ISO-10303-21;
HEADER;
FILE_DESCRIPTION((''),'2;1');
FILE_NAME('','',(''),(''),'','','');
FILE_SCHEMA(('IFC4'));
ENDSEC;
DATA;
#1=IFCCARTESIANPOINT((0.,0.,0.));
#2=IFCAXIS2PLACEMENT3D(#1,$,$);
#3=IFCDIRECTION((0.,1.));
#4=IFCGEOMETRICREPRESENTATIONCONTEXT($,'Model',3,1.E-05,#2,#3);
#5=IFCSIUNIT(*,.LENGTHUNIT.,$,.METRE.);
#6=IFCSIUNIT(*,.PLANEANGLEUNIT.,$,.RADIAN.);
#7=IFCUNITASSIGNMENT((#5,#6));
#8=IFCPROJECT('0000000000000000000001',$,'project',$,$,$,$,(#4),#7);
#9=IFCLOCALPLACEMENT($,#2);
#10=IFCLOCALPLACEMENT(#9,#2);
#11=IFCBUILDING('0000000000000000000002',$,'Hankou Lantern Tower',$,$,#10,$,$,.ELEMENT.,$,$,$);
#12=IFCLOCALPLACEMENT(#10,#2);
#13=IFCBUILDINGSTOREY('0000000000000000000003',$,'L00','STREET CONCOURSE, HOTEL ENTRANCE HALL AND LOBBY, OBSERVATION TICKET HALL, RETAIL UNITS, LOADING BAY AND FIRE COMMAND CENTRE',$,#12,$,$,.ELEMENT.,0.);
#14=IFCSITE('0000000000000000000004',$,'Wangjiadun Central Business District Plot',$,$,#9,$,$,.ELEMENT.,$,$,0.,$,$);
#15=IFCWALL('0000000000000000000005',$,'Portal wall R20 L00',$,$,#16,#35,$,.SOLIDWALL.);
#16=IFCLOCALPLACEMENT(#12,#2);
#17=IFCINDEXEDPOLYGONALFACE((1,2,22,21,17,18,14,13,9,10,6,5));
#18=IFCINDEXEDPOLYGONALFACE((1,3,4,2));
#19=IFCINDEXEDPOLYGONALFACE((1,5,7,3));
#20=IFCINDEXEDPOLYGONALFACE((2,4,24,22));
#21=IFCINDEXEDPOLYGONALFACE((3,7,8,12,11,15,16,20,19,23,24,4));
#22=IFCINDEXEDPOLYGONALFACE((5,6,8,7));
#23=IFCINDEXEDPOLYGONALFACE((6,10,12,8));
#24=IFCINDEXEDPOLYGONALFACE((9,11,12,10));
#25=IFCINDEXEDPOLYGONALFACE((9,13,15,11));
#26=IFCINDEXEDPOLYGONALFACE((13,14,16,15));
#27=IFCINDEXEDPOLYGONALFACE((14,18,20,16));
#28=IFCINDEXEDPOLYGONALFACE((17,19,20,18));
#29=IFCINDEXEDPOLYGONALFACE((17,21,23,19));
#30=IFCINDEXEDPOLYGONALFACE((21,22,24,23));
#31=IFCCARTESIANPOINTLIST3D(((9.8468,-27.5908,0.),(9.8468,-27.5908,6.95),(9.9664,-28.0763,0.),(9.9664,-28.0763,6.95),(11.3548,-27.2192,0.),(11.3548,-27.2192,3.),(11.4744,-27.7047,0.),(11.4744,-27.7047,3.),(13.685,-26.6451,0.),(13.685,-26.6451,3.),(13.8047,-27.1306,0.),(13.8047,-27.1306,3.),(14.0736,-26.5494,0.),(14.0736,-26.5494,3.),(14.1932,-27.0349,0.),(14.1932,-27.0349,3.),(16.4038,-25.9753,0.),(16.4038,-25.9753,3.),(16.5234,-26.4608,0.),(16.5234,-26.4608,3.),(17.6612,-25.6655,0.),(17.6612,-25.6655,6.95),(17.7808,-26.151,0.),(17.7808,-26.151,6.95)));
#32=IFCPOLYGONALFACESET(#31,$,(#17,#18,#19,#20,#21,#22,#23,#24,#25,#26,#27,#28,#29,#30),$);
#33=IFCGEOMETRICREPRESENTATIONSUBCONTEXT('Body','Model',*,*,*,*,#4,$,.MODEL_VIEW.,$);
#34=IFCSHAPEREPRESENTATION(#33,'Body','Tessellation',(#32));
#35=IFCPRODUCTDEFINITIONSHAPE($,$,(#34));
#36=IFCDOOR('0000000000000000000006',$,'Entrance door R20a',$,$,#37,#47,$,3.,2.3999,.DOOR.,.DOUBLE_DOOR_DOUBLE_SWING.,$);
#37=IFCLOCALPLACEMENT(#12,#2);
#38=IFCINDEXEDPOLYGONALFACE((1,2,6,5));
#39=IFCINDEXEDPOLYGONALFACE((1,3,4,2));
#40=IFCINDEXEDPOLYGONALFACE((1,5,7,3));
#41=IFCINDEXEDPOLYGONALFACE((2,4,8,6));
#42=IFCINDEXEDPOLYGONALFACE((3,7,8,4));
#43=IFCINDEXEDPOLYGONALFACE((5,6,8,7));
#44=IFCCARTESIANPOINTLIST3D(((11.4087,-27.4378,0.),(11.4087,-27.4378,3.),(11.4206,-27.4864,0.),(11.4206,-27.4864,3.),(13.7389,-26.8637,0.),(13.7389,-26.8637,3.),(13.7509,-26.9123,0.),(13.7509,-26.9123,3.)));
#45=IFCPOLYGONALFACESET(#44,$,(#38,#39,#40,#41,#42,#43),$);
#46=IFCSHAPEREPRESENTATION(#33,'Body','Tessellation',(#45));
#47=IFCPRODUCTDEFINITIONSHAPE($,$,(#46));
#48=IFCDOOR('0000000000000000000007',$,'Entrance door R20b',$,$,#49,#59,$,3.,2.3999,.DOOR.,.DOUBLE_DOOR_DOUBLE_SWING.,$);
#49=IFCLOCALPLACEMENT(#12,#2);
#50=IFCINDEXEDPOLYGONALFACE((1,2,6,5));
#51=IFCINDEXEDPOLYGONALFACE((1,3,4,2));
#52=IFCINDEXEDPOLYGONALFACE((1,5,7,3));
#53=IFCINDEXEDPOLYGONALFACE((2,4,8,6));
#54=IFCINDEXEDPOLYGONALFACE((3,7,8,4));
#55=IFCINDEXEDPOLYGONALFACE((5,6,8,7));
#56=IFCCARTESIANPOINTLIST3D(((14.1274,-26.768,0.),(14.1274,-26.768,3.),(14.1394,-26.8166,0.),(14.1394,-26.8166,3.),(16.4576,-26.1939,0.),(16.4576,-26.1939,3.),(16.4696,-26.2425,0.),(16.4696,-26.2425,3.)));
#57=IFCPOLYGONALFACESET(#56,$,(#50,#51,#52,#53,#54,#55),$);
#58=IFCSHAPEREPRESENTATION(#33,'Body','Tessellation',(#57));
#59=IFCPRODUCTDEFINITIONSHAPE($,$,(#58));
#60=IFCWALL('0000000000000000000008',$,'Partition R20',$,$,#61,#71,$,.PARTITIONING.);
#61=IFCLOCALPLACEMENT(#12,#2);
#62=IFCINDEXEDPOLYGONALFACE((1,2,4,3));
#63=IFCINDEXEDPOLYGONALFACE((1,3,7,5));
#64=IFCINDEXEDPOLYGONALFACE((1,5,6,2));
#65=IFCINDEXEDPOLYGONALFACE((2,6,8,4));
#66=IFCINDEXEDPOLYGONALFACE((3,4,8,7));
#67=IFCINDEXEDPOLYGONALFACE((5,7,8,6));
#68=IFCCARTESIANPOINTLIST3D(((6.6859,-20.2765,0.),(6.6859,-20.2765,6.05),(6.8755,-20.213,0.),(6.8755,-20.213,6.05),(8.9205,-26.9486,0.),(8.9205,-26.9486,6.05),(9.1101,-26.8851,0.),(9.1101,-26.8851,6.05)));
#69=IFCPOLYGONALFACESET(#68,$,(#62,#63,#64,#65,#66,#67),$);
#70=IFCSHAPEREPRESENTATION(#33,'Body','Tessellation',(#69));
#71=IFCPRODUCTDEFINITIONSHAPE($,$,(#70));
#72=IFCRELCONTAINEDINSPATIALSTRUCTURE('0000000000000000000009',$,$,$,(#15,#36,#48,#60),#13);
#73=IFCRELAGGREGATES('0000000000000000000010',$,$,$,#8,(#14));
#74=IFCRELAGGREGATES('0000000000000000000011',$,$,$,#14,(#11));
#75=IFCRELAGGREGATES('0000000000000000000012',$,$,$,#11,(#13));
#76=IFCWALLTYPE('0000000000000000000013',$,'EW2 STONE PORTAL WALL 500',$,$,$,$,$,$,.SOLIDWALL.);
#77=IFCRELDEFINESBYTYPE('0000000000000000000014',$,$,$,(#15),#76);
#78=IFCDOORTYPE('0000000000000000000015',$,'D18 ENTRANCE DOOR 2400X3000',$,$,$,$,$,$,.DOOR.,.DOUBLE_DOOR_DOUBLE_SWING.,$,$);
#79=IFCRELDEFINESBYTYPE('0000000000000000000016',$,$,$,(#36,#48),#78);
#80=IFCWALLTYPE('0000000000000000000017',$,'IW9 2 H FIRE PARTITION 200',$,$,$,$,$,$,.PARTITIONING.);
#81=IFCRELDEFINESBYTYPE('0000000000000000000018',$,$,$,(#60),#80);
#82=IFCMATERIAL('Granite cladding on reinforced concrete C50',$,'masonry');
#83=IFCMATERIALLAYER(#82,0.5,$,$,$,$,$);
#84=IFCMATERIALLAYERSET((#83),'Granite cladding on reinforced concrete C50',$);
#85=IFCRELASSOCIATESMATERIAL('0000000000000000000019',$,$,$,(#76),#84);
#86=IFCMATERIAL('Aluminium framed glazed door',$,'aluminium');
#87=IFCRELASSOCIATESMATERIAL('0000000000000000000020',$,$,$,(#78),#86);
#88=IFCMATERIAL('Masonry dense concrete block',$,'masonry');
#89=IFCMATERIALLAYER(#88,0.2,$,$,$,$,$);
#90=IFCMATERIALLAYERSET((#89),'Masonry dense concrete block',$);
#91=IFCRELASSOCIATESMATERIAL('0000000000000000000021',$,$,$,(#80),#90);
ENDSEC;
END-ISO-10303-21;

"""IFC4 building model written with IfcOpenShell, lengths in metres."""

from ifc_helpers import new_model, si_unit, direction, frame, frame_2d, origin, place, context, subcontext, project, spatial, rectangle, extrude, material, layer, layer_set, type_object, element, fill, save


model = new_model("IFC4")

# Units and contexts
model_context = context("Model", 3, precision=1e-05, world=origin(), true_north=direction((0.0, 1.0)))
body_context = subcontext(model_context, "Body", "Model", "MODEL_VIEW")
ifc_project = project(units=[si_unit("LENGTHUNIT", "METRE"), si_unit("PLANEANGLEUNIT", "RADIAN")], contexts=[model_context])

# Site, building, storey
site_placement = place(None, origin())
site = spatial("IfcSite", under=ifc_project, at=site_placement, Name="Wangjiadun Central Business District Plot", CompositionType="ELEMENT", RefElevation=0.0)
building_placement = place(site_placement, origin())
building = spatial("IfcBuilding", under=site, at=building_placement, Name="Hankou Lantern Tower", CompositionType="ELEMENT")
storey_placement = place(building_placement, origin())
storey = spatial("IfcBuildingStorey", under=building, at=storey_placement, Name="L00", Description="STREET CONCOURSE, HOTEL ENTRANCE HALL AND LOBBY, OBSERVATION TICKET HALL, RETAIL UNITS, LOADING BAY AND FIRE COMMAND CENTRE", CompositionType="ELEMENT", Elevation=0.0)

# Wall, openings, doors
ifc_material_1 = material(Name="Granite cladding on reinforced concrete C50", Category="masonry")
ifc_layer_1 = layer(ifc_material_1, 0.5)
ifc_layer_set_1 = layer_set([ifc_layer_1], Name="Granite cladding on reinforced concrete C50")
wall_type_1 = type_object("IfcWallType", Name="EW2 STONE PORTAL WALL 500", PredefinedType="SOLIDWALL", material=ifc_layer_set_1)
ifc_material_2 = material(Name="Aluminium framed glazed door", Category="aluminium")
door_type = type_object("IfcDoorType", Name="D18 ENTRANCE DOOR 2400X3000", OperationType="DOUBLE_DOOR_DOUBLE_SWING", PredefinedType="DOOR", material=ifc_material_2)
wall_1_placement = place(storey_placement, frame((9.9067, -27.8335, 0.0), z_axis=(0.0, 0.0, 1.0), x_axis=(0.970965, 0.239222, 0.0)))
wall_1 = element("IfcWall", 1, at=wall_1_placement, inside=storey, type_object=wall_type_1, Name="Portal wall R20 L00", PredefinedType="SOLIDWALL", context=body_context, shape_type="SweptSolid", body=[
    extrude(rectangle(XDim=8.0481, YDim=0.5, at=frame_2d((4.0239, 0.0))), origin(), (0.0, 0.0, 1.0), 6.95),
])
opening_1_placement = place(wall_1_placement, frame((1.553, 0.0, 0.0)))
opening_1 = element("IfcOpeningElement", 2, at=opening_1_placement, cuts=wall_1, PredefinedType="OPENING", context=body_context, shape_type="SweptSolid", body=[
    extrude(rectangle(XDim=2.3999, YDim=3.0, at=frame_2d((1.2, 1.5))), frame((0.0, 0.26, 0.0), z_axis=(0.0, -1.0, 0.0), x_axis=(1.0, 0.0, 0.0)), (0.0, 0.0, 1.0), 0.52),
])
opening_2_placement = place(wall_1_placement, frame((4.353, 0.0, 0.0)))
opening_2 = element("IfcOpeningElement", 3, at=opening_2_placement, cuts=wall_1, PredefinedType="OPENING", context=body_context, shape_type="SweptSolid", body=[
    extrude(rectangle(XDim=2.3999, YDim=3.0, at=frame_2d((1.2, 1.5))), frame((0.0, 0.26, 0.0), z_axis=(0.0, -1.0, 0.0), x_axis=(1.0, 0.0, 0.0)), (0.0, 0.0, 1.0), 0.52),
])
door_1_placement = place(opening_1_placement, origin())
door_1 = element("IfcDoor", 4, at=door_1_placement, inside=storey, type_object=door_type, Name="Entrance door R20a", OperationType="DOUBLE_DOOR_DOUBLE_SWING", OverallHeight=3.0, OverallWidth=2.3999, PredefinedType="DOOR", context=body_context, shape_type="SweptSolid", body=[
    extrude(rectangle(XDim=2.3999, YDim=3.0, at=frame_2d((1.2, 1.5))), frame((0.0, 0.0249, 0.0), z_axis=(0.0, -1.0, 0.0), x_axis=(1.0, 0.0, 0.0)), (0.0, 0.0, 1.0), 0.05),
])
fill(opening_1, door_1)
door_2_placement = place(opening_2_placement, origin())
door_2 = element("IfcDoor", 5, at=door_2_placement, inside=storey, type_object=door_type, Name="Entrance door R20b", OperationType="DOUBLE_DOOR_DOUBLE_SWING", OverallHeight=3.0, OverallWidth=2.3999, PredefinedType="DOOR", context=body_context, shape_type="SweptSolid", body=[
    extrude(rectangle(XDim=2.3999, YDim=3.0, at=frame_2d((1.2, 1.5))), frame((0.0, 0.0249, 0.0), z_axis=(0.0, -1.0, 0.0), x_axis=(1.0, 0.0, 0.0)), (0.0, 0.0, 1.0), 0.05),
])
fill(opening_2, door_2)

# Wall
ifc_material_3 = material(Name="Masonry dense concrete block", Category="masonry")
ifc_layer_2 = layer(ifc_material_3, 0.2)
ifc_layer_set_2 = layer_set([ifc_layer_2], Name="Masonry dense concrete block")
wall_type_2 = type_object("IfcWallType", Name="IW9 2 H FIRE PARTITION 200", PredefinedType="PARTITIONING", material=ifc_layer_set_2)
wall_2_placement = place(storey_placement, frame((6.7808, -20.2449, 0.0), z_axis=(0.0, 0.0, 1.0), x_axis=(0.317581, -0.948231, 0.0)))
element("IfcWall", 6, at=wall_2_placement, inside=storey, type_object=wall_type_2, Name="Partition R20", PredefinedType="PARTITIONING", context=body_context, shape_type="SweptSolid", body=[
    extrude(rectangle(XDim=7.0364, YDim=0.2, at=frame_2d((3.5181, 0.0))), origin(), (0.0, 0.0, 1.0), 6.05),
])

save(model, "model.ifc")
